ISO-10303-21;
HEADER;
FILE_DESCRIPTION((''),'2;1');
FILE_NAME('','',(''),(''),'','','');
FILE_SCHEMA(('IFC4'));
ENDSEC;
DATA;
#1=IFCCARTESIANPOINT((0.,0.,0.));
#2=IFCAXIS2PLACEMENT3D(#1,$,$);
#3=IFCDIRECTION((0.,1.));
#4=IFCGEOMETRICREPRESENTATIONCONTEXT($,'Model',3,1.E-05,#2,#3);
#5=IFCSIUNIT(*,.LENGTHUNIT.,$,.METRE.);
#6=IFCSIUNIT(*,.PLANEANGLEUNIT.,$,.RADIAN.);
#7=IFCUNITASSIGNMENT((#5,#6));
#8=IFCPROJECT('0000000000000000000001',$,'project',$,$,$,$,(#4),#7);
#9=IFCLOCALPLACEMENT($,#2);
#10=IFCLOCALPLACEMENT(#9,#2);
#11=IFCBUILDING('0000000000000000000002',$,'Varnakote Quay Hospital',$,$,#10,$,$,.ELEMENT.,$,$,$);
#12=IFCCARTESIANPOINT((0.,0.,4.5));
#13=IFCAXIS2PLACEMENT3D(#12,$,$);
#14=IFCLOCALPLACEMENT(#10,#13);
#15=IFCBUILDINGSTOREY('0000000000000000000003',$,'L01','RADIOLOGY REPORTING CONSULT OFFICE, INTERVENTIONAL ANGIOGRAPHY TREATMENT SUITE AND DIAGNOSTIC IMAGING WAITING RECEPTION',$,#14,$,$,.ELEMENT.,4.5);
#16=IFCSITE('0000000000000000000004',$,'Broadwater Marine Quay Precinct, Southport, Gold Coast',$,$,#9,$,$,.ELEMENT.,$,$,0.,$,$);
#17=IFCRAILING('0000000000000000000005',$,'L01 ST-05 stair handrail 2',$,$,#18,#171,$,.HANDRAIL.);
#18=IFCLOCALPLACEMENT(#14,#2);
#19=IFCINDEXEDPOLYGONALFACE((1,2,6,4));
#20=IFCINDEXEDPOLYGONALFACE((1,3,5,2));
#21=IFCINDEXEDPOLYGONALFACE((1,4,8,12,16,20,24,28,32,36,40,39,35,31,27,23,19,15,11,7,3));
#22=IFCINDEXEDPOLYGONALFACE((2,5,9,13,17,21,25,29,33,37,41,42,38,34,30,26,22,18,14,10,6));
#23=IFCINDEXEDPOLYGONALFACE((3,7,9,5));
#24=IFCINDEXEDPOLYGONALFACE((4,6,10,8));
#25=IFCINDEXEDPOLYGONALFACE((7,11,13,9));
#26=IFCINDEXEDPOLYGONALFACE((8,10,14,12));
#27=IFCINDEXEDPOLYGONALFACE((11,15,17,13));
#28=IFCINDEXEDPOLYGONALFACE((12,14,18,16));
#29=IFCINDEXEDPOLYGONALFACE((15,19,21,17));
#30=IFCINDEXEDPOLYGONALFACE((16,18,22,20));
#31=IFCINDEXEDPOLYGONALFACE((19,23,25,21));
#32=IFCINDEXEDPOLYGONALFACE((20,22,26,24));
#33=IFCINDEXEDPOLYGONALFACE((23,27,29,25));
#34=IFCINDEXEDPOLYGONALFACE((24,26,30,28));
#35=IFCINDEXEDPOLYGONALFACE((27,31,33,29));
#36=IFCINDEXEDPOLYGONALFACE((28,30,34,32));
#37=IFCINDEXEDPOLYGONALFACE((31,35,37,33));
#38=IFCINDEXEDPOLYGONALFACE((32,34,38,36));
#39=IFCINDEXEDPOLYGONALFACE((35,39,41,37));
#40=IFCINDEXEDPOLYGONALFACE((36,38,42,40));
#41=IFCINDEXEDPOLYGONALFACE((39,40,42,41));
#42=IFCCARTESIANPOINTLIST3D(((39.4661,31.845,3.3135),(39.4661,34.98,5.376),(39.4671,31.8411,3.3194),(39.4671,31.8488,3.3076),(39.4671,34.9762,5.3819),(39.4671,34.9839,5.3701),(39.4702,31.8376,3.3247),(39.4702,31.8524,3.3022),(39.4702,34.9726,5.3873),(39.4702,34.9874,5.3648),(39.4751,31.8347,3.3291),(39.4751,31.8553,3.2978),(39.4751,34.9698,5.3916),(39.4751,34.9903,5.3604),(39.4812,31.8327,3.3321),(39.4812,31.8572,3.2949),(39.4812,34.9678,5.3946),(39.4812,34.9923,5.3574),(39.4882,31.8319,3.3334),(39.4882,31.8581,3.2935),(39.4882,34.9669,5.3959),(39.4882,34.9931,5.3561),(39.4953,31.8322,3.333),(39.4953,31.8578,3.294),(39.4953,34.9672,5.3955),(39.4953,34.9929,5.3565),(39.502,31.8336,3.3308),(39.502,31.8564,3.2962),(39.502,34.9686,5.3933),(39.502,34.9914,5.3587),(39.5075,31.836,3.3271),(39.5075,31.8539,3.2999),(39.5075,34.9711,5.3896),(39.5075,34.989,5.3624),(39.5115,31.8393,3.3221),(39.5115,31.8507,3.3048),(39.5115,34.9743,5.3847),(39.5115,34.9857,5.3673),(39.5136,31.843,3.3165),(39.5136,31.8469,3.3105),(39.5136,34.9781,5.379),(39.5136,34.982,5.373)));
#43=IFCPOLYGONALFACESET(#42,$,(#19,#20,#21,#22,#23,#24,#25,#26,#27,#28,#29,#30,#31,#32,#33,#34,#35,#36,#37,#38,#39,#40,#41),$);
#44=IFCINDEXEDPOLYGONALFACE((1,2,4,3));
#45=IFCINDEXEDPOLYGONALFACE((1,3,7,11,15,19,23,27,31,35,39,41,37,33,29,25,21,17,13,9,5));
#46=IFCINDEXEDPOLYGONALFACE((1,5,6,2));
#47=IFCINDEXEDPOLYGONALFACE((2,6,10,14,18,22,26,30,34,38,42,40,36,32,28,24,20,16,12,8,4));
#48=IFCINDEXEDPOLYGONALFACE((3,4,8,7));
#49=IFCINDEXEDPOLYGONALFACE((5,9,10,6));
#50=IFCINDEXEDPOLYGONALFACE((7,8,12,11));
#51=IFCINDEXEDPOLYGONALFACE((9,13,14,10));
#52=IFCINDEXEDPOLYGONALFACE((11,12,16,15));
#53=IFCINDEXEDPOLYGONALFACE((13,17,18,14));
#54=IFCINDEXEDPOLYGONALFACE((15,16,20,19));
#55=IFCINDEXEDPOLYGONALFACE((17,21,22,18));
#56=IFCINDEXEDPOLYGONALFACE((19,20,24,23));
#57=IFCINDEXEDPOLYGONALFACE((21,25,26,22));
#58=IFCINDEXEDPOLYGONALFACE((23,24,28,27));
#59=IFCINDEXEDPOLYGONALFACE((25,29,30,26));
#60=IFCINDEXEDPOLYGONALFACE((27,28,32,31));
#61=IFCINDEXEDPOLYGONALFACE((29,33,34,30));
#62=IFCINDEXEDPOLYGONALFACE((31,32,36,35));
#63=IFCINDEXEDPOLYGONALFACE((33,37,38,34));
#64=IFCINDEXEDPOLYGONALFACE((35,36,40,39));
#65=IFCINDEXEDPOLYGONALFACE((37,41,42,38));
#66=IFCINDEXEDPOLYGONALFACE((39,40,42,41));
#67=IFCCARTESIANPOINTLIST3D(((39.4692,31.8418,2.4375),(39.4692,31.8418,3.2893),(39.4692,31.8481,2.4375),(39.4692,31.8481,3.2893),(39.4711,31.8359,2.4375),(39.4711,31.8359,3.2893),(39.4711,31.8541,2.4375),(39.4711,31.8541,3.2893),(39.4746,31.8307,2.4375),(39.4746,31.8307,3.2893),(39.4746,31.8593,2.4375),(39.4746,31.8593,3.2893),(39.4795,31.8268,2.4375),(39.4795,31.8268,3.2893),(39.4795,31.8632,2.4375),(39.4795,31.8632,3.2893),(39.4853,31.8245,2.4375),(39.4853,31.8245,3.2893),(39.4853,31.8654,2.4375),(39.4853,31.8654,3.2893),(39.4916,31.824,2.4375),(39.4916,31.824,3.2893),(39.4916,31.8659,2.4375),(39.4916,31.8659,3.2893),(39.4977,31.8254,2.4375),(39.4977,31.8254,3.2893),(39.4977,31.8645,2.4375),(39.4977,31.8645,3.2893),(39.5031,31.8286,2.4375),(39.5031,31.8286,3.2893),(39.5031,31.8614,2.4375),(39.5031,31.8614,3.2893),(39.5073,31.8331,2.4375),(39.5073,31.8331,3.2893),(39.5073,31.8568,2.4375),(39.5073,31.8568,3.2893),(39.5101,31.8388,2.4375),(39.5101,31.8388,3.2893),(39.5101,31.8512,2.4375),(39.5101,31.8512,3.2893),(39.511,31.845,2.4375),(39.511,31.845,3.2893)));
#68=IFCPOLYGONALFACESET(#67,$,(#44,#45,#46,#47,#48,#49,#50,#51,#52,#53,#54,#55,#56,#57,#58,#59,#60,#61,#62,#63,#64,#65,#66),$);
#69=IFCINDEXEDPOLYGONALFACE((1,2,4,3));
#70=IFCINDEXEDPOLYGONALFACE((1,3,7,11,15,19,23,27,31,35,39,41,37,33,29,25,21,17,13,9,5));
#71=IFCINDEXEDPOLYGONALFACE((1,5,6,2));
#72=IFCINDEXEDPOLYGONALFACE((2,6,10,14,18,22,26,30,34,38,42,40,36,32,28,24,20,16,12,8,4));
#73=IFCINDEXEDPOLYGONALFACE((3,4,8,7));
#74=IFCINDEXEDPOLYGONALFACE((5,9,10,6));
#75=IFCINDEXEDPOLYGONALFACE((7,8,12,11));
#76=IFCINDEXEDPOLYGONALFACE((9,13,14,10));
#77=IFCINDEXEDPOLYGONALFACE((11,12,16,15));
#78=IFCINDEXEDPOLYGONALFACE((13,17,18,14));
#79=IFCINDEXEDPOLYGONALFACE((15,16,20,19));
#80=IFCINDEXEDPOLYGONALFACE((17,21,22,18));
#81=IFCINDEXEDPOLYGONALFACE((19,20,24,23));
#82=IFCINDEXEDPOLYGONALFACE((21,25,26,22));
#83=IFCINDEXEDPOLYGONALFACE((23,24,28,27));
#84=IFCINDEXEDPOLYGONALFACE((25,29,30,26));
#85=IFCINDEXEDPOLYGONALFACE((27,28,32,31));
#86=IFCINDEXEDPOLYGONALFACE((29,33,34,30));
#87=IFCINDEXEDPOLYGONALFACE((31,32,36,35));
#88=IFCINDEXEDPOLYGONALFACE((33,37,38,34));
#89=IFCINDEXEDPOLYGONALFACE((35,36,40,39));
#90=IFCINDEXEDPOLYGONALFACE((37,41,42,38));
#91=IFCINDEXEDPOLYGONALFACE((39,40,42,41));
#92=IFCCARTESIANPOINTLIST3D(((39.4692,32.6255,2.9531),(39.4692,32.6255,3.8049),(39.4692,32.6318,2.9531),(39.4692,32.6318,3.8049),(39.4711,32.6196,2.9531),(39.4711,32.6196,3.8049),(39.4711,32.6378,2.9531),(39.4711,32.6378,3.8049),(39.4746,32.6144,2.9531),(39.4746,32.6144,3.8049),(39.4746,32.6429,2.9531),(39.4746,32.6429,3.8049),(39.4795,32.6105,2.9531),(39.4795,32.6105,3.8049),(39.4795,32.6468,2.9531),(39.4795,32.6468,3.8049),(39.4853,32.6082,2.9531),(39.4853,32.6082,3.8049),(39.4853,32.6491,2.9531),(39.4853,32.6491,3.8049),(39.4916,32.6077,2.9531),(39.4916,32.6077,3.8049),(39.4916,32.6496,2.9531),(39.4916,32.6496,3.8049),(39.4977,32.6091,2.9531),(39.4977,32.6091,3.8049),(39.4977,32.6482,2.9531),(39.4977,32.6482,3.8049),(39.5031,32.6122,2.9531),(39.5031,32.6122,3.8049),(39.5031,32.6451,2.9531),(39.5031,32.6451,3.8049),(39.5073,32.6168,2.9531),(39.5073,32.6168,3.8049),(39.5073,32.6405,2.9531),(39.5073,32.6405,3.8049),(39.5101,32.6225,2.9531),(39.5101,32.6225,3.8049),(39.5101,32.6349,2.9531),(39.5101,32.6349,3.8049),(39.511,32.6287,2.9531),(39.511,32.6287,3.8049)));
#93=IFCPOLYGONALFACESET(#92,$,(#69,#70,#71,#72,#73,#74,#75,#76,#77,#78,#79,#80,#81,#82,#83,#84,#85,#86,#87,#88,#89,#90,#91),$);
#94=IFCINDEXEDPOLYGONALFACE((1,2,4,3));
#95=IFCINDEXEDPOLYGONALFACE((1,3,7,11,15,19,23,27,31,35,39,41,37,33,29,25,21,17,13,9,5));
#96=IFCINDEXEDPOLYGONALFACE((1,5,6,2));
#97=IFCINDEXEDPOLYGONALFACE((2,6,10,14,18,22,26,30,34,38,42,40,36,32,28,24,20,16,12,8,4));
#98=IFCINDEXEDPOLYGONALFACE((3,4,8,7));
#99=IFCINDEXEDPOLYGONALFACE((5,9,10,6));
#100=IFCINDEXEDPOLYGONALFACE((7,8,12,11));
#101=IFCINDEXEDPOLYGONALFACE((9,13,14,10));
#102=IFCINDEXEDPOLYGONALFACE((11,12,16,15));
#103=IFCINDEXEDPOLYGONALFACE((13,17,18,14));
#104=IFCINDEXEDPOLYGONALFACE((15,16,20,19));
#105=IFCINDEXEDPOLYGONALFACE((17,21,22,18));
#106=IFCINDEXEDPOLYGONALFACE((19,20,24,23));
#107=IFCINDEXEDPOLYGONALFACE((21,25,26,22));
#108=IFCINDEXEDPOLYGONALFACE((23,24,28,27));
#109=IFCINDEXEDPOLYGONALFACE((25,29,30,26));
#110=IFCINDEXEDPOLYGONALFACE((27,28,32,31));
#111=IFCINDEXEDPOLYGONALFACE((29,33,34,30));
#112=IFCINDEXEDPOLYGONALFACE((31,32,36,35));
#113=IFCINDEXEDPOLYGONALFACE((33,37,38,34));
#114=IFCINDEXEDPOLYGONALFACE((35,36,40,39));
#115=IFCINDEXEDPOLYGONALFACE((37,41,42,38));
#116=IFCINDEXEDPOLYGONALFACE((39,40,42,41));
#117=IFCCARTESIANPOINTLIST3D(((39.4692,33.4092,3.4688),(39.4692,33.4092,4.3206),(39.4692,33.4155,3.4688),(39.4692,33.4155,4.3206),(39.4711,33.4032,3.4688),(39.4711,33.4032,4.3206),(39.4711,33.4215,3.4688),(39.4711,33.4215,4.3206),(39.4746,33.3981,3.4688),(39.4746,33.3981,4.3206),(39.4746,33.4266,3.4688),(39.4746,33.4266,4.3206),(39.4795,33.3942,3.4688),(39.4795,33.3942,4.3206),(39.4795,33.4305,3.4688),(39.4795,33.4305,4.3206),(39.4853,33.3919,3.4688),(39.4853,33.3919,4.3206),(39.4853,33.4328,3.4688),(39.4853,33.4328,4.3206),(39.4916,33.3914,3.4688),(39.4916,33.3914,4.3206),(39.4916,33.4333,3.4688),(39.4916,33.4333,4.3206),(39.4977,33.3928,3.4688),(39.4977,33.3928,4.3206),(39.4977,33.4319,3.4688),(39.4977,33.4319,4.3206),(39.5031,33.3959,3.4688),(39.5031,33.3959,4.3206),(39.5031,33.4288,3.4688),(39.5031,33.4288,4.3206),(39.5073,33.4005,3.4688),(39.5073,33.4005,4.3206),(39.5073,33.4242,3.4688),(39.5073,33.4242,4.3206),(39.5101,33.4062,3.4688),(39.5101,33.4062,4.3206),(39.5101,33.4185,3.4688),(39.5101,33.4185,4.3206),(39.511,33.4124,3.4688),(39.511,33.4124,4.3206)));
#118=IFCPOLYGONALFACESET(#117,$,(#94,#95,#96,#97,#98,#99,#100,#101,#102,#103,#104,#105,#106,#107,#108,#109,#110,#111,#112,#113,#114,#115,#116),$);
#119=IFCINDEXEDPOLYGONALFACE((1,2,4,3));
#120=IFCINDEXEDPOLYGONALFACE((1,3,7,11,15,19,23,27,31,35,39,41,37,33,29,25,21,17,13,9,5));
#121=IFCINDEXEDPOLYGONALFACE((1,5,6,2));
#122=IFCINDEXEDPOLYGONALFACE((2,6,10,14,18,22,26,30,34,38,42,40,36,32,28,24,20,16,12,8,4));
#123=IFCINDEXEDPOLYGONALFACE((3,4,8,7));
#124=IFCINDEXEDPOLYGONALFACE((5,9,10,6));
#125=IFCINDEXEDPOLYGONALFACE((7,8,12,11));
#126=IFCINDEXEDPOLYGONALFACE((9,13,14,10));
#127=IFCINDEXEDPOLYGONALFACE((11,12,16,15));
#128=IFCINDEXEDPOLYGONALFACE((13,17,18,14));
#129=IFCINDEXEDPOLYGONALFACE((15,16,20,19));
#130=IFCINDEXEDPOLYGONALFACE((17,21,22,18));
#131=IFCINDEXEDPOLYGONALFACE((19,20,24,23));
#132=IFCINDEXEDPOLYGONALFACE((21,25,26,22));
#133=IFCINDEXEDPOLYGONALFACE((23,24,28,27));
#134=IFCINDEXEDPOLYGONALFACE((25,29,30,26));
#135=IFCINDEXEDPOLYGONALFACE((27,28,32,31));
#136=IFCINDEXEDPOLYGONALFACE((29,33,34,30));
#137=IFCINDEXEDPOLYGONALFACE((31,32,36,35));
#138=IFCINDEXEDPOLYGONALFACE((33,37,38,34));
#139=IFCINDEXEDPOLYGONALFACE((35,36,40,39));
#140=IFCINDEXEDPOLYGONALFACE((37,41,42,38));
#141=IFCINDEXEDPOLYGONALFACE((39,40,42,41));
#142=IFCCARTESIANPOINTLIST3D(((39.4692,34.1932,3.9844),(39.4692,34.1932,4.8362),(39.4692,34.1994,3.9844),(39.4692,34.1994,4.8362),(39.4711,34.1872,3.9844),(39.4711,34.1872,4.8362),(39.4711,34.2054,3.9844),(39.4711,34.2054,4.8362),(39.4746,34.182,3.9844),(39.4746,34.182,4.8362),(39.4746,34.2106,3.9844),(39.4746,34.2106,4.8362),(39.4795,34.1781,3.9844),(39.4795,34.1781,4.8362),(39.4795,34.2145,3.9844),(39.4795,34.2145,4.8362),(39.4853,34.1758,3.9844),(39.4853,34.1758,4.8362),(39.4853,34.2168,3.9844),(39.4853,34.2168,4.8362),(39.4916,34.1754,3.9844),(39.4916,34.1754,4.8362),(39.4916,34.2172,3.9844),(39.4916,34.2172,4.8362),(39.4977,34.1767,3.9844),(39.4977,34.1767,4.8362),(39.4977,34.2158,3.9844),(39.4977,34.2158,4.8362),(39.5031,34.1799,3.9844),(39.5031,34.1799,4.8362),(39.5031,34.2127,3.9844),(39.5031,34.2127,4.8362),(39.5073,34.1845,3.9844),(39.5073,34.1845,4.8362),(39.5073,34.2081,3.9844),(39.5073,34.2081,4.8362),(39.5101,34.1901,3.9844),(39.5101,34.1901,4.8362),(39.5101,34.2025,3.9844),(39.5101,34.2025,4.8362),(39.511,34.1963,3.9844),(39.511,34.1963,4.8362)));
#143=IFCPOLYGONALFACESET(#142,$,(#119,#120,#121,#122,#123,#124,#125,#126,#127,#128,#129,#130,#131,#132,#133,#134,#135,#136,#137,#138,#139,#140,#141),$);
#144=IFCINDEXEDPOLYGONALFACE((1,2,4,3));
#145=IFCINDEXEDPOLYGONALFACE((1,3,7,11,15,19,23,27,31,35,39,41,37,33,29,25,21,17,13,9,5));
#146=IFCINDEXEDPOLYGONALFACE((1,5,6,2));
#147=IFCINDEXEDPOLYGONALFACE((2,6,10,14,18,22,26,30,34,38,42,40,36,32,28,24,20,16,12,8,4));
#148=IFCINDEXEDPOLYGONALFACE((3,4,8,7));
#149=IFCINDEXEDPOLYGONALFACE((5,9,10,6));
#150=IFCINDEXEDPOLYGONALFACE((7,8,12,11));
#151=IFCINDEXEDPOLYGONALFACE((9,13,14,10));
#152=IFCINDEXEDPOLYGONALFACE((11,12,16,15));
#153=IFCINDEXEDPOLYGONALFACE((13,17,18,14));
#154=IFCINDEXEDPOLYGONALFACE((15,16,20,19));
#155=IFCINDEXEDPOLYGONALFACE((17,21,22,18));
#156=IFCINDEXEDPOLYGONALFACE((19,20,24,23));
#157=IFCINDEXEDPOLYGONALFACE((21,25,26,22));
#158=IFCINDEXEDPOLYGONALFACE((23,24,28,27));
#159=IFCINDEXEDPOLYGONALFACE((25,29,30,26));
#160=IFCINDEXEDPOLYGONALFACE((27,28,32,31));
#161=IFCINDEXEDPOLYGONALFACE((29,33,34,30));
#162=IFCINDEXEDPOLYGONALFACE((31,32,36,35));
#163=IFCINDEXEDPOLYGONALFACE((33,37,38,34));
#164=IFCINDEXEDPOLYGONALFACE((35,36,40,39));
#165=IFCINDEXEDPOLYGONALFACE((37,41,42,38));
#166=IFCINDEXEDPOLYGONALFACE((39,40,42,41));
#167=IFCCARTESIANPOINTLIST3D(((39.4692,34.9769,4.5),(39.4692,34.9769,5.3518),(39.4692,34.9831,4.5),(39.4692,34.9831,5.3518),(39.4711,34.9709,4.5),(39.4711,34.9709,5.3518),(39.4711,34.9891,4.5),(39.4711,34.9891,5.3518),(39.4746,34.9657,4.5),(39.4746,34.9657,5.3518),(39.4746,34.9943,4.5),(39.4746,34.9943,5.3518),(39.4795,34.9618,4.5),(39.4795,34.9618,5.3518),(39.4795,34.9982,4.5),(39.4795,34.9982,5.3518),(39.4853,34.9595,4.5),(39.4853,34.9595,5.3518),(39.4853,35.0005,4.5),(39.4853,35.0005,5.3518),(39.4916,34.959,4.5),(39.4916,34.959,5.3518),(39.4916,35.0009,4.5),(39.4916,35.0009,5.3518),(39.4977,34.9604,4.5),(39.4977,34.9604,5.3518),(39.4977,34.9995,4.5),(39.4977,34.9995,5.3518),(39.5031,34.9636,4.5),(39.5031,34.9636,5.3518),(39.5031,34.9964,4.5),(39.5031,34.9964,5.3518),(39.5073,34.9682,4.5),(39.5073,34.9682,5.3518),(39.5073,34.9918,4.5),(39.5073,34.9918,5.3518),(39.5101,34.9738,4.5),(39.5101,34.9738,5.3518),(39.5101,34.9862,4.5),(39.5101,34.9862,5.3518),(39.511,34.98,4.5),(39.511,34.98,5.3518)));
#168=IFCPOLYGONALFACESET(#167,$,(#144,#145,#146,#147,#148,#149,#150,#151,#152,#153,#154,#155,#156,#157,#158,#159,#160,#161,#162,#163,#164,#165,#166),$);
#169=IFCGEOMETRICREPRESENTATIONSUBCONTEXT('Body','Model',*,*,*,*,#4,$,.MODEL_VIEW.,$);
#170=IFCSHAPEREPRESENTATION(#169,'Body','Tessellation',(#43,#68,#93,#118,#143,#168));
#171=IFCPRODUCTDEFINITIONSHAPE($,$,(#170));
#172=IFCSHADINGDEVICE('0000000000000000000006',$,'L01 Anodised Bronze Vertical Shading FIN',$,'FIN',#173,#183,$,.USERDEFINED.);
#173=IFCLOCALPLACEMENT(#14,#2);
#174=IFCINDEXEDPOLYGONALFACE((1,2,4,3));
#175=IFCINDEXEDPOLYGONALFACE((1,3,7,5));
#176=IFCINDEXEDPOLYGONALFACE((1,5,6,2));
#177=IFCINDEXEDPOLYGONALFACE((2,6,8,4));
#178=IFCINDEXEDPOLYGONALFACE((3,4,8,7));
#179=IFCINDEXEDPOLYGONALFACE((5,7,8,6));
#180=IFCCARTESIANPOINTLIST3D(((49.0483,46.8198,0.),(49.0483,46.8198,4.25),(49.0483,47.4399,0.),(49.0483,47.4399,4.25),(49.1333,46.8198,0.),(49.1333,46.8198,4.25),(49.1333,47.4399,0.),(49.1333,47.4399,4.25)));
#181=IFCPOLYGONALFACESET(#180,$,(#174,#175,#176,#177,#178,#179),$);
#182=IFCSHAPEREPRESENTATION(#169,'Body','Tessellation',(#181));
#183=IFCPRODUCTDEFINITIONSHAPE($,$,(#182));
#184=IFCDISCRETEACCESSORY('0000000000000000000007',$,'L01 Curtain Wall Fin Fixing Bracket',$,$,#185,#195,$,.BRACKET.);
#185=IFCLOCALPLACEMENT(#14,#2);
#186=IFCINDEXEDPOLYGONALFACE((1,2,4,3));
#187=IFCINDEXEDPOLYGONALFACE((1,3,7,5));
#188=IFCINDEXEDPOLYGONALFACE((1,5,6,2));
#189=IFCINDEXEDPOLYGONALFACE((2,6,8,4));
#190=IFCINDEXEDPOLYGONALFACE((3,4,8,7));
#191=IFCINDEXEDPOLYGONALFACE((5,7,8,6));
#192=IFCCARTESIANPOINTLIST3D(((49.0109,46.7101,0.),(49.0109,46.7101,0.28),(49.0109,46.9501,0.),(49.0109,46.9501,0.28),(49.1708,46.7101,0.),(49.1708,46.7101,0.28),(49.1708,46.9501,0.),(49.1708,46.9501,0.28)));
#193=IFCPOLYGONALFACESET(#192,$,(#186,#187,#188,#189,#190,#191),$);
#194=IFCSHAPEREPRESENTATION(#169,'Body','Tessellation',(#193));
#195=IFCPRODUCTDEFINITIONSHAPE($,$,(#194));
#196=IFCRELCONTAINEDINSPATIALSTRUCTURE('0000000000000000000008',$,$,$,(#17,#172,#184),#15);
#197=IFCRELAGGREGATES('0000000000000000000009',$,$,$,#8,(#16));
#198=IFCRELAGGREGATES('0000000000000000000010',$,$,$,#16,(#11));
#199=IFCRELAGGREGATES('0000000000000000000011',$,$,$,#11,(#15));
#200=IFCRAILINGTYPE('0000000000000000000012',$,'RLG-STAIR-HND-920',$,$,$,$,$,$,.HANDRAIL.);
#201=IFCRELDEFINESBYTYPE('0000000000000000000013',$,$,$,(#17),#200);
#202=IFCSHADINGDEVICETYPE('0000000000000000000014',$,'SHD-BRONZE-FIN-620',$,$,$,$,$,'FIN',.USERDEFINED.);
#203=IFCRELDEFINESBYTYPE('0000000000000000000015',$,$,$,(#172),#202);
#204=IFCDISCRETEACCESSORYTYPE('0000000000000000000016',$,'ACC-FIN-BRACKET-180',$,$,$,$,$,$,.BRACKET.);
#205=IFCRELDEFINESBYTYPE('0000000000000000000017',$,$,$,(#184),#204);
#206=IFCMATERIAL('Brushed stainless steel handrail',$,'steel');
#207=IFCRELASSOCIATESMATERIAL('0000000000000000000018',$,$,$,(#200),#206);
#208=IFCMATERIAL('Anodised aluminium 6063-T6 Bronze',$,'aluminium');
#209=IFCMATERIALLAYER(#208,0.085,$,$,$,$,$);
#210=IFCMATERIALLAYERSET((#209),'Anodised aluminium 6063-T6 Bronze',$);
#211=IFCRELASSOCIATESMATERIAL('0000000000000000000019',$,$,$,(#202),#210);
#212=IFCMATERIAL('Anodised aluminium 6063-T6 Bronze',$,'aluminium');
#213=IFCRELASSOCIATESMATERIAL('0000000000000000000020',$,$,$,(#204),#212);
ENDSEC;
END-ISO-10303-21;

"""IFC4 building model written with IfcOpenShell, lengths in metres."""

from ifc_helpers import new_model, si_unit, direction, frame, origin, origin_2d, place, context, subcontext, project, spatial, rectangle, circle, extrude, material, layer, layer_set, type_object, element, save


model = new_model("IFC4")

# Units and contexts
model_context = context("Model", 3, precision=1e-05, world=origin(), true_north=direction((0.0, 1.0)))
body_context = subcontext(model_context, "Body", "Model", "MODEL_VIEW")
ifc_project = project(units=[si_unit("LENGTHUNIT", "METRE"), si_unit("PLANEANGLEUNIT", "RADIAN")], contexts=[model_context])

# Site, building, storey
site_placement = place(None, origin())
site = spatial("IfcSite", under=ifc_project, at=site_placement, Name="Broadwater Marine Quay Precinct, Southport, Gold Coast", CompositionType="ELEMENT", RefElevation=0.0)
building_placement = place(site_placement, origin())
building = spatial("IfcBuilding", under=site, at=building_placement, Name="Varnakote Quay Hospital", CompositionType="ELEMENT")
storey_placement = place(building_placement, frame((0.0, 0.0, 4.5)))
storey = spatial("IfcBuildingStorey", under=building, at=storey_placement, Name="L01", Description="RADIOLOGY REPORTING CONSULT OFFICE, INTERVENTIONAL ANGIOGRAPHY TREATMENT SUITE AND DIAGNOSTIC IMAGING WAITING RECEPTION", CompositionType="ELEMENT", Elevation=4.5)

# Railing
ifc_material_1 = material(Name="Brushed stainless steel handrail", Category="steel")
railing_type_1 = type_object("IfcRailingType", Name="RLG-STAIR-HND-920", PredefinedType="HANDRAIL", material=ifc_material_1)
railing_1_placement = place(storey_placement, frame((39.49, 31.845, 2.4375)))
element("IfcRailing", 1, at=railing_1_placement, inside=storey, type_object=railing_type_1, Name="L01 ST-05 stair handrail 2", PredefinedType="HANDRAIL", context=body_context, shape_type="SweptSolid", body=[
    extrude(circle(Radius=0.0239, at=origin_2d()), frame((0.0, 0.0, 0.876), z_axis=(0.0, 0.835418, 0.549615), x_axis=(-1.0, 0.0, 0.0)), (0.0, 0.0, 1.0), 3.7527),
    extrude(circle(Radius=0.021, at=origin_2d()), origin(), (0.0, 0.0, 1.0), 0.8518),
    extrude(circle(Radius=0.021, at=origin_2d()), frame((0.0, 0.7837, 0.5156)), (0.0, 0.0, 1.0), 0.8518),
    extrude(circle(Radius=0.021, at=origin_2d()), frame((0.0, 1.5674, 1.0312)), (0.0, 0.0, 1.0), 0.8518),
    extrude(circle(Radius=0.021, at=origin_2d()), frame((0.0, 2.3513, 1.5469)), (0.0, 0.0, 1.0), 0.8518),
    extrude(circle(Radius=0.021, at=origin_2d()), frame((0.0, 3.135, 2.0625)), (0.0, 0.0, 1.0), 0.8518),
])

# Shading device
ifc_material_2 = material(Name="Anodised aluminium 6063-T6 Bronze", Category="aluminium")
ifc_layer_1 = layer(ifc_material_2, 0.085)
ifc_layer_set_1 = layer_set([ifc_layer_1], Name="Anodised aluminium 6063-T6 Bronze")
shading_device_type = type_object("IfcShadingDeviceType", Name="SHD-BRONZE-FIN-620", ElementType="FIN", PredefinedType="USERDEFINED", material=ifc_layer_set_1)
shading_device_placement = place(storey_placement, frame((49.0908, 47.1299, 0.0), z_axis=(0.0, 0.0, 1.0), x_axis=(0.0, -1.0, 0.0)))
element("IfcShadingDevice", 2, at=shading_device_placement, inside=storey, type_object=shading_device_type, Name="L01 Anodised Bronze Vertical Shading FIN", ObjectType="FIN", PredefinedType="USERDEFINED", context=body_context, shape_type="SweptSolid", body=[
    extrude(rectangle(XDim=0.6201, YDim=0.085, at=origin_2d()), origin(), (0.0, 0.0, 1.0), 4.25),
])

# Discrete accessory
ifc_material_3 = material(Name="Anodised aluminium 6063-T6 Bronze", Category="aluminium")
discrete_accessory_type = type_object("IfcDiscreteAccessoryType", Name="ACC-FIN-BRACKET-180", PredefinedType="BRACKET", material=ifc_material_3)
discrete_accessory_placement = place(storey_placement, frame((49.0908, 46.8301, 0.0), z_axis=(0.0, 0.0, 1.0), x_axis=(-1.0, 0.0, 0.0)))
element("IfcDiscreteAccessory", 3, at=discrete_accessory_placement, inside=storey, type_object=discrete_accessory_type, Name="L01 Curtain Wall Fin Fixing Bracket", PredefinedType="BRACKET", context=body_context, shape_type="SweptSolid", body=[
    extrude(rectangle(XDim=0.1599, YDim=0.24, at=origin_2d()), origin(), (0.0, 0.0, 1.0), 0.28),
])

save(model, "model.ifc")
